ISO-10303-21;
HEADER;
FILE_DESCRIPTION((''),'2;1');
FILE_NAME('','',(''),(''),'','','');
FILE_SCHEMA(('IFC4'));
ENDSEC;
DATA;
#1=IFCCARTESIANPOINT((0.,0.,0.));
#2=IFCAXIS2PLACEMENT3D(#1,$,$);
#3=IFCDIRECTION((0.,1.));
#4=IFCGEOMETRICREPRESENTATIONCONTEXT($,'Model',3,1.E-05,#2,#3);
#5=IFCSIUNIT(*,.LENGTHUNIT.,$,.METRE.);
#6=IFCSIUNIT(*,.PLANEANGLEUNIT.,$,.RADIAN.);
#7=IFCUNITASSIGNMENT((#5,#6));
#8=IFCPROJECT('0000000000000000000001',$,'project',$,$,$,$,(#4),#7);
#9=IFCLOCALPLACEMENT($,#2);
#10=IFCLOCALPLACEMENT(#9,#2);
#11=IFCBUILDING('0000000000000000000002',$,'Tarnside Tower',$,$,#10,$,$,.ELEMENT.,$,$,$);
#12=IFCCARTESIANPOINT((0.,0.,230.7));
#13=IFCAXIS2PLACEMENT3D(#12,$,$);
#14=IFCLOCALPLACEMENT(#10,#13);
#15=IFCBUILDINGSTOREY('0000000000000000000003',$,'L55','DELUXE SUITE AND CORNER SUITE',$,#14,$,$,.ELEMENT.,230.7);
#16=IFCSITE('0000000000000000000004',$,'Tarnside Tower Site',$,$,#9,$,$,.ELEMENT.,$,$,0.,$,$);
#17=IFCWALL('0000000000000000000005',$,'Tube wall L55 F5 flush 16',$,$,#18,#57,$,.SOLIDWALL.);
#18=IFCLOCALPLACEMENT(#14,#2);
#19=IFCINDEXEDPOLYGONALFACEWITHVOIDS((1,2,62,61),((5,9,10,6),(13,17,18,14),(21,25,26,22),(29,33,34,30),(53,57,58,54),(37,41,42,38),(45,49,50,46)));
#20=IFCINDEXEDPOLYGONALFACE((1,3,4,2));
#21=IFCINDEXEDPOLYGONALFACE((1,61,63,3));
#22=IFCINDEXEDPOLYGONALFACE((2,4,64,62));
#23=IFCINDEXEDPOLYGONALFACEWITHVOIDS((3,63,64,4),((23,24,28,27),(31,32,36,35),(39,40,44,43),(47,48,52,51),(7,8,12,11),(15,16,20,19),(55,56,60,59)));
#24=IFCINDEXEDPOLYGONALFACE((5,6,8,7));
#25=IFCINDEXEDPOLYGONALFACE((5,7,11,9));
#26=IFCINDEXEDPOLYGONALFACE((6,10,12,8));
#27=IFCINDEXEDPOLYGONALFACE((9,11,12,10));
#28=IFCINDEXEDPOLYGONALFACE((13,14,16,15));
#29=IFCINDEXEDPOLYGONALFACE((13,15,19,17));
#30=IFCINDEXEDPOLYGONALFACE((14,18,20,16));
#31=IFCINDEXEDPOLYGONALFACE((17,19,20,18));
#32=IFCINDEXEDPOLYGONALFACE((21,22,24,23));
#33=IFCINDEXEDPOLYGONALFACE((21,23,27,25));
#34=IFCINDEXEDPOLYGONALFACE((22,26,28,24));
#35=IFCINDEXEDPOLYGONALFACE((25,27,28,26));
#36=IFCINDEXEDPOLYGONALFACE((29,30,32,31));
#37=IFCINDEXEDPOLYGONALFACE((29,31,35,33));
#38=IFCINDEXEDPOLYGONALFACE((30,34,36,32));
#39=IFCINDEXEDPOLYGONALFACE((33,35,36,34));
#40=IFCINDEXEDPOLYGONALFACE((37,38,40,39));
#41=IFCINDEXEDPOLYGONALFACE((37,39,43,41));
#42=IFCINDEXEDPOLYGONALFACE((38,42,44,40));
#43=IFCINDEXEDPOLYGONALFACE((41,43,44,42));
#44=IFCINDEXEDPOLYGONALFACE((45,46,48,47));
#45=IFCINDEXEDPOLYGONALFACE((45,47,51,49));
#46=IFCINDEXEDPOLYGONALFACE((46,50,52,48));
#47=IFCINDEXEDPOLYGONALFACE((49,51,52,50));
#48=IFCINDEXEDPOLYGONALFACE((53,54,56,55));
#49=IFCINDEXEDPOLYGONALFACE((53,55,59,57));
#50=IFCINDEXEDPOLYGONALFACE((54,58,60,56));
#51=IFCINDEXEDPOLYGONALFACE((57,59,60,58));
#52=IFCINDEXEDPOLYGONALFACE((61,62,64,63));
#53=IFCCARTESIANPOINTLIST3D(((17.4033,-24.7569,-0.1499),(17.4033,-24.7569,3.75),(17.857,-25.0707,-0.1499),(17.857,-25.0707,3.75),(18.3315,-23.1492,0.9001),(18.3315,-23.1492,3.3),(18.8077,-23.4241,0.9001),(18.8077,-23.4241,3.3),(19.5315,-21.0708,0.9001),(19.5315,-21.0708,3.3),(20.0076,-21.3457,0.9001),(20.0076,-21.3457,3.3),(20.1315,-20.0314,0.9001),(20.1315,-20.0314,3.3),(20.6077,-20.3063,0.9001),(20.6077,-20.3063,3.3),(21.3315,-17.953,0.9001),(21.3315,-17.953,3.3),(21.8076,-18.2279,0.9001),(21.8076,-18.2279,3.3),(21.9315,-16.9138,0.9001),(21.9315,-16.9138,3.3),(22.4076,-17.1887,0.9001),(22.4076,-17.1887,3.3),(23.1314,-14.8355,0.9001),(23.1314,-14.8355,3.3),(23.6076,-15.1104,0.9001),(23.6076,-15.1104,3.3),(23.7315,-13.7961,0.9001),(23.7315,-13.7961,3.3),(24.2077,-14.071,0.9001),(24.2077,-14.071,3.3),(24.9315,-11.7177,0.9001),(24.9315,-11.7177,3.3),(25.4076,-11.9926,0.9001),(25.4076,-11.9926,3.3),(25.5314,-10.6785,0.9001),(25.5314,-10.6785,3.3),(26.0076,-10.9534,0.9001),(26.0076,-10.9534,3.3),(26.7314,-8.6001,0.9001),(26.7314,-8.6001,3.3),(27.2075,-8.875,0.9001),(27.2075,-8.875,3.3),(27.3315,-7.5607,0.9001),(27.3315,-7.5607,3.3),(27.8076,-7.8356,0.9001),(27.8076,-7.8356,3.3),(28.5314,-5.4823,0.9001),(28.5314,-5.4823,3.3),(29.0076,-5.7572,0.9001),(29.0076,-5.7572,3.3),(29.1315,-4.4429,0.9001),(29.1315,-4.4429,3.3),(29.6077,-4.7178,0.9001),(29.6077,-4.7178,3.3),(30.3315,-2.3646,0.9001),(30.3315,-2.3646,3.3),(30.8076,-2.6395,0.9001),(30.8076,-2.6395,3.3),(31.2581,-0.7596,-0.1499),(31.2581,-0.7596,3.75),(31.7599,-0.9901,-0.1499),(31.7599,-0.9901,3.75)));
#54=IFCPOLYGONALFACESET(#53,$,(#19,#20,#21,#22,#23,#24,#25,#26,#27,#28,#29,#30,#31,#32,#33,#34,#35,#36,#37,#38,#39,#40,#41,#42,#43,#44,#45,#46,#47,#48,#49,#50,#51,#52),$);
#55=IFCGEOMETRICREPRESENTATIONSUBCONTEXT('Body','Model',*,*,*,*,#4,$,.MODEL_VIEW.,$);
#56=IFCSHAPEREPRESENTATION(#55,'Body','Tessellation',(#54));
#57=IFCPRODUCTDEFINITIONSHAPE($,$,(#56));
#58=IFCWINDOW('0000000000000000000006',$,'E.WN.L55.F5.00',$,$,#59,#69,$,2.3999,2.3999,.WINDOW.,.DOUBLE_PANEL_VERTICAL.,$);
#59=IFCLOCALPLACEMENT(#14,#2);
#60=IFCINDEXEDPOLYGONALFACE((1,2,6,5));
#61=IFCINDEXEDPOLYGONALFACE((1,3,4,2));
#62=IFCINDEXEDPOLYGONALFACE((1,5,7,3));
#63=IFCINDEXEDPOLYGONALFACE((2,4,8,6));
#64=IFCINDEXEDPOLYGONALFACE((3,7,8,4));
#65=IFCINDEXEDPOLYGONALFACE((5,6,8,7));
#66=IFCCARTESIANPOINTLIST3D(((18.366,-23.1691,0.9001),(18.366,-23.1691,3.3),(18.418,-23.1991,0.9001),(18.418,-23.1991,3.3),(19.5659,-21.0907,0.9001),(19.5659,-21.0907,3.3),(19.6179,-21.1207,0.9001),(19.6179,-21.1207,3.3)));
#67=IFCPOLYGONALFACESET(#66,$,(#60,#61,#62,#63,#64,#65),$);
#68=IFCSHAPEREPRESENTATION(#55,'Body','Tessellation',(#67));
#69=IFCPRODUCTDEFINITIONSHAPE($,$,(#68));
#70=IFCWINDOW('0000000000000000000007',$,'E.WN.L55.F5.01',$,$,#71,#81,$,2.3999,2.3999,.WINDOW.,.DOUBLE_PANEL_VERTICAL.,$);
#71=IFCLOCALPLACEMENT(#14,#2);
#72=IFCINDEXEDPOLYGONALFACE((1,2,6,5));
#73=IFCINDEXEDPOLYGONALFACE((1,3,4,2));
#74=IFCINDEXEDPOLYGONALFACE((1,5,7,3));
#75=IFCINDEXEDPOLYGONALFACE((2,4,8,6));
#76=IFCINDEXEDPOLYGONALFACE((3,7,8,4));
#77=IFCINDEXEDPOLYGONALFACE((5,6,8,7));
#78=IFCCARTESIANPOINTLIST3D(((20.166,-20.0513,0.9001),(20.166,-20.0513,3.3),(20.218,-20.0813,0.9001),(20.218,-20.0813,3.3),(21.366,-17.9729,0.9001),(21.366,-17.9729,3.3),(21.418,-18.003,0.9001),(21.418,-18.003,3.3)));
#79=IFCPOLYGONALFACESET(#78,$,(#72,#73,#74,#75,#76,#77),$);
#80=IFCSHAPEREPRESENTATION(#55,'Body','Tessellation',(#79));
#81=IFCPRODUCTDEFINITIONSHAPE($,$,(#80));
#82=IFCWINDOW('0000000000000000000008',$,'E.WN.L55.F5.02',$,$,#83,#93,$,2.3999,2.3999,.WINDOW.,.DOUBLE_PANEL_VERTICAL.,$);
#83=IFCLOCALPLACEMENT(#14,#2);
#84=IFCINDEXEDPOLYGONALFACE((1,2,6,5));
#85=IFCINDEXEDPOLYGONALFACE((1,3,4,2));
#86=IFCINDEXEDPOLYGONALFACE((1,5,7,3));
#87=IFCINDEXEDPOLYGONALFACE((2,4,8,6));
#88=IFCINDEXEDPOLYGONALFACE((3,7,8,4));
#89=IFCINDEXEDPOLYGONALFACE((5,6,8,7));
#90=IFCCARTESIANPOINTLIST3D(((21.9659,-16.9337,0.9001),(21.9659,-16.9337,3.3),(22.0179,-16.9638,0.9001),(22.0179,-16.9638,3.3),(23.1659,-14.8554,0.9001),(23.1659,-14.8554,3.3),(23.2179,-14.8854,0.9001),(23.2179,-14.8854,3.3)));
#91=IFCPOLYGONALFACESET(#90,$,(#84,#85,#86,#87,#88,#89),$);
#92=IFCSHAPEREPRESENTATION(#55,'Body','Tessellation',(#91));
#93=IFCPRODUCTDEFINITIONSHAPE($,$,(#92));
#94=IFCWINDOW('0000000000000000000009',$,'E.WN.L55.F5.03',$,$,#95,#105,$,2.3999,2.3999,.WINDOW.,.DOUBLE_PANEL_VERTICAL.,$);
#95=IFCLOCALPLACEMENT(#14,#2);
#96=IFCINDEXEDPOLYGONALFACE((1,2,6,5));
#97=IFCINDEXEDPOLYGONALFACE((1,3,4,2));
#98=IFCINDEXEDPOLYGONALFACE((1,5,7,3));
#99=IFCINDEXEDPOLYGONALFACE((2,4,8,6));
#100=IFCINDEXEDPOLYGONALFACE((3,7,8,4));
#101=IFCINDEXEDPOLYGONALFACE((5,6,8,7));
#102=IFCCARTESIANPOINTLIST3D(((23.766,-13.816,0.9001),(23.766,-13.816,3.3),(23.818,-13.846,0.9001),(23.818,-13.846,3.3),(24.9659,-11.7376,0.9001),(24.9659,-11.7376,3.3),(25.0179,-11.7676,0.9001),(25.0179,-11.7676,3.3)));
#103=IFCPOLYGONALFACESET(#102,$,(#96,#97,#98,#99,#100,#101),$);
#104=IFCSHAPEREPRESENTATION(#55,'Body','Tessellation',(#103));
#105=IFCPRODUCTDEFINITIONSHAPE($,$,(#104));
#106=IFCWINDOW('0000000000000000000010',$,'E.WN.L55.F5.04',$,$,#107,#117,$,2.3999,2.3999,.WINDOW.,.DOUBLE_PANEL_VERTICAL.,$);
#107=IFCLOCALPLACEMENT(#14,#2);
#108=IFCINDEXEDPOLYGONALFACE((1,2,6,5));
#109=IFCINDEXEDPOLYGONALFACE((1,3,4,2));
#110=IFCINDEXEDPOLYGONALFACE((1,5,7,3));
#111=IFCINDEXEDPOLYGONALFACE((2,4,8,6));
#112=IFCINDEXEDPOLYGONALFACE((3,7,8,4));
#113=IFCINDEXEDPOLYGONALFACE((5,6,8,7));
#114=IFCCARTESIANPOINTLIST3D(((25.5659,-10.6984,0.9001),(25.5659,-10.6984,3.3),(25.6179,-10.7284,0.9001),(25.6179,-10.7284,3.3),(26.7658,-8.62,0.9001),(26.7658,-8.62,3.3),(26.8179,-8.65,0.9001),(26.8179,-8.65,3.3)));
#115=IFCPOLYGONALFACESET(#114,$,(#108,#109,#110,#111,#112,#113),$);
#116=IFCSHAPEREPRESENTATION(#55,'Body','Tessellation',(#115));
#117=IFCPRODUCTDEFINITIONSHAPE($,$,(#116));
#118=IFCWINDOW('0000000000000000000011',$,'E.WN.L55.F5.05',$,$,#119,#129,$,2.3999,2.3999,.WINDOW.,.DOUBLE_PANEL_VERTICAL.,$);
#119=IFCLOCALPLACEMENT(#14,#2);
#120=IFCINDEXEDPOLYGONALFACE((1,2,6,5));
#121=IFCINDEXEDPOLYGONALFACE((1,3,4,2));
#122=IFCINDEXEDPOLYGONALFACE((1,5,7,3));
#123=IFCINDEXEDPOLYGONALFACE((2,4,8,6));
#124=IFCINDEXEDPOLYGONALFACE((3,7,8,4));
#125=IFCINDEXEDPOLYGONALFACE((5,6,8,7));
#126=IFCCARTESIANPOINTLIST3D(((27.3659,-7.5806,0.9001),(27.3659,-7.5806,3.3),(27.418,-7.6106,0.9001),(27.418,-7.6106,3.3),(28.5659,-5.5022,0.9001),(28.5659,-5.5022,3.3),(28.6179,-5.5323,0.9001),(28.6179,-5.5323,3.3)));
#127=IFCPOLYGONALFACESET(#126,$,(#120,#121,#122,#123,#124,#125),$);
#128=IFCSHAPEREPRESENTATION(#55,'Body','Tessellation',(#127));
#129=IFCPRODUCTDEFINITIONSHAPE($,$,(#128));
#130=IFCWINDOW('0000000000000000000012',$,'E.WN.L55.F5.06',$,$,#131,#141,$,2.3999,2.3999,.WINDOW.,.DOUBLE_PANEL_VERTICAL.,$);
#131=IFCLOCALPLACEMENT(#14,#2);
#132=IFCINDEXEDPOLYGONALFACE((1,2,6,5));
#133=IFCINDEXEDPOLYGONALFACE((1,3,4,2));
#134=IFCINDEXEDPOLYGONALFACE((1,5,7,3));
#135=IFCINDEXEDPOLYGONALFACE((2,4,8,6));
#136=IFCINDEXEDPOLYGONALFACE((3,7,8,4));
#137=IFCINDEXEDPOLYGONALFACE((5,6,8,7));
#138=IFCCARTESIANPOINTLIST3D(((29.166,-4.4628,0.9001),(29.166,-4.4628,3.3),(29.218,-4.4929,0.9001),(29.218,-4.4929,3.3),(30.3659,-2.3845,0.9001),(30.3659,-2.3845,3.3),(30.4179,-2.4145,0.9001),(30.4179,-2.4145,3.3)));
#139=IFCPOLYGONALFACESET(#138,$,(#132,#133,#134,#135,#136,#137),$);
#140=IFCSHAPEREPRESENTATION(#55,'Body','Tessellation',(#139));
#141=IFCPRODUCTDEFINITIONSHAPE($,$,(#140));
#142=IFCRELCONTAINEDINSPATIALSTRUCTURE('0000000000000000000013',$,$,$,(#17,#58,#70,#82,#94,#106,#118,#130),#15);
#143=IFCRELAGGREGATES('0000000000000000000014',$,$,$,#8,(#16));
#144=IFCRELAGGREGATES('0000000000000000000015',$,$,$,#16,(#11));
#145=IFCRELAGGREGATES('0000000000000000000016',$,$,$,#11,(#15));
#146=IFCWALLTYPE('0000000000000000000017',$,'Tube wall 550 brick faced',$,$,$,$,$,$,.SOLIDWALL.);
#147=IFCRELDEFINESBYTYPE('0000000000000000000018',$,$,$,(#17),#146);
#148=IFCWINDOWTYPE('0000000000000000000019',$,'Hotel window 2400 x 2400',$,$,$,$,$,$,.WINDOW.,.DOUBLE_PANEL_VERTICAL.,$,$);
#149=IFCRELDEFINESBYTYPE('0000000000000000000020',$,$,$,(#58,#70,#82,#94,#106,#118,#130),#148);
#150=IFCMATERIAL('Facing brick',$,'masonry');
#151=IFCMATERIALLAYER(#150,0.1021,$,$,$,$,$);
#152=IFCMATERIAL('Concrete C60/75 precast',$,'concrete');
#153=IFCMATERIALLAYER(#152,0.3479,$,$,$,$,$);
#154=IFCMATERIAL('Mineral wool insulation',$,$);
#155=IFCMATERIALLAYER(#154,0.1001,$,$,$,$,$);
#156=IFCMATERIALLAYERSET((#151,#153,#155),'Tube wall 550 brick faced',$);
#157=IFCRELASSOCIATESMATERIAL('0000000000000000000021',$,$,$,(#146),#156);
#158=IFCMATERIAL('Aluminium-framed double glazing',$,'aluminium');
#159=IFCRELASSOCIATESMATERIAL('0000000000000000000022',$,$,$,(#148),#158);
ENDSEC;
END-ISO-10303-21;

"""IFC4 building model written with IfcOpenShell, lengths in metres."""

from ifc_helpers import new_model, si_unit, direction, frame, frame_2d, origin, place, context, subcontext, project, spatial, polyline, rectangle, outline, extrude, material, layer, layer_set, type_object, element, fill, save


model = new_model("IFC4")

# Units and contexts
model_context = context("Model", 3, precision=1e-05, world=origin(), true_north=direction((0.0, 1.0)))
body_context = subcontext(model_context, "Body", "Model", "MODEL_VIEW")
ifc_project = project(units=[si_unit("LENGTHUNIT", "METRE"), si_unit("PLANEANGLEUNIT", "RADIAN")], contexts=[model_context])

# Site, building, storey
site_placement = place(None, origin())
site = spatial("IfcSite", under=ifc_project, at=site_placement, Name="Tarnside Tower Site", CompositionType="ELEMENT", RefElevation=0.0)
building_placement = place(site_placement, origin())
building = spatial("IfcBuilding", under=site, at=building_placement, Name="Tarnside Tower", CompositionType="ELEMENT")
storey_placement = place(building_placement, frame((0.0, 0.0, 230.7)))
storey = spatial("IfcBuildingStorey", under=building, at=storey_placement, Name="L55", Description="DELUXE SUITE AND CORNER SUITE", CompositionType="ELEMENT", Elevation=230.7)

# Shared definitions
ifc_material_1 = material(Name="Facing brick", Category="masonry")
ifc_layer_1 = layer(ifc_material_1, 0.1021)
ifc_material_2 = material(Name="Concrete C60/75 precast", Category="concrete")
ifc_layer_2 = layer(ifc_material_2, 0.3479)
ifc_material_3 = material(Name="Mineral wool insulation")
ifc_layer_3 = layer(ifc_material_3, 0.1001)
ifc_layer_set_1 = layer_set([ifc_layer_1, ifc_layer_2, ifc_layer_3], Name="Tube wall 550 brick faced")
wall_type_1 = type_object("IfcWallType", Name="Tube wall 550 brick faced", PredefinedType="SOLIDWALL", material=ifc_layer_set_1)

# Wall, openings, windows
wall_1_placement = place(storey_placement, frame((17.6301, -24.9138, -0.1499), z_axis=(0.0, 0.0, 1.0), x_axis=(0.499999, 0.866026, 0.0)))
wall_1 = element("IfcWall", 1, at=wall_1_placement, inside=storey, type_object=wall_type_1, Name="Tube wall L55 F5 flush 16", PredefinedType="SOLIDWALL", context=body_context, shape_type="SweptSolid", body=[
    extrude(outline(polyline([(-0.0225, -0.2749), (27.7834, -0.2749), (27.7322, 0.2749), (0.0225, 0.2749), (-0.0225, -0.2749)])), origin(), (0.0, 0.0, 1.0), 3.8999),
])
opening_1_placement = place(wall_1_placement, frame((1.8789, 0.0, 1.05)))
opening_1 = element("IfcOpeningElement", 2, at=opening_1_placement, cuts=wall_1, PredefinedType="OPENING", context=body_context, shape_type="SweptSolid", body=[
    extrude(rectangle(XDim=2.3999, YDim=2.3999, at=frame_2d((1.2, 1.2))), frame((0.0, 0.2852, 0.0), z_axis=(0.0, -1.0, 0.0), x_axis=(1.0, 0.0, 0.0)), (0.0, 0.0, 1.0), 0.5701),
])
opening_2_placement = place(wall_1_placement, frame((5.479, 0.0, 1.05)))
opening_2 = element("IfcOpeningElement", 3, at=opening_2_placement, cuts=wall_1, PredefinedType="OPENING", context=body_context, shape_type="SweptSolid", body=[
    extrude(rectangle(XDim=2.3999, YDim=2.3999, at=frame_2d((1.2, 1.2))), frame((0.0, 0.2852, 0.0), z_axis=(0.0, -1.0, 0.0), x_axis=(1.0, 0.0, 0.0)), (0.0, 0.0, 1.0), 0.5701),
])
opening_3_placement = place(wall_1_placement, frame((9.0789, 0.0, 1.05)))
opening_3 = element("IfcOpeningElement", 4, at=opening_3_placement, cuts=wall_1, PredefinedType="OPENING", context=body_context, shape_type="SweptSolid", body=[
    extrude(rectangle(XDim=2.3999, YDim=2.3999, at=frame_2d((1.2, 1.2))), frame((0.0, 0.2852, 0.0), z_axis=(0.0, -1.0, 0.0), x_axis=(1.0, 0.0, 0.0)), (0.0, 0.0, 1.0), 0.5701),
])
opening_4_placement = place(wall_1_placement, frame((12.679, 0.0, 1.05)))
opening_4 = element("IfcOpeningElement", 5, at=opening_4_placement, cuts=wall_1, PredefinedType="OPENING", context=body_context, shape_type="SweptSolid", body=[
    extrude(rectangle(XDim=2.3999, YDim=2.3999, at=frame_2d((1.2, 1.2))), frame((0.0, 0.2852, 0.0), z_axis=(0.0, -1.0, 0.0), x_axis=(1.0, 0.0, 0.0)), (0.0, 0.0, 1.0), 0.5701),
])
opening_5_placement = place(wall_1_placement, frame((16.2788, 0.0, 1.05)))
opening_5 = element("IfcOpeningElement", 6, at=opening_5_placement, cuts=wall_1, PredefinedType="OPENING", context=body_context, shape_type="SweptSolid", body=[
    extrude(rectangle(XDim=2.3999, YDim=2.3999, at=frame_2d((1.2, 1.2))), frame((0.0, 0.2852, 0.0), z_axis=(0.0, -1.0, 0.0), x_axis=(1.0, 0.0, 0.0)), (0.0, 0.0, 1.0), 0.5701),
])
opening_6_placement = place(wall_1_placement, frame((19.8789, 0.0, 1.05)))
opening_6 = element("IfcOpeningElement", 7, at=opening_6_placement, cuts=wall_1, PredefinedType="OPENING", context=body_context, shape_type="SweptSolid", body=[
    extrude(rectangle(XDim=2.3999, YDim=2.3999, at=frame_2d((1.2, 1.2))), frame((0.0, 0.2852, 0.0), z_axis=(0.0, -1.0, 0.0), x_axis=(1.0, 0.0, 0.0)), (0.0, 0.0, 1.0), 0.5701),
])
opening_7_placement = place(wall_1_placement, frame((23.479, 0.0, 1.05)))
opening_7 = element("IfcOpeningElement", 8, at=opening_7_placement, cuts=wall_1, PredefinedType="OPENING", context=body_context, shape_type="SweptSolid", body=[
    extrude(rectangle(XDim=2.3999, YDim=2.3999, at=frame_2d((1.2, 1.2))), frame((0.0, 0.2852, 0.0), z_axis=(0.0, -1.0, 0.0), x_axis=(1.0, 0.0, 0.0)), (0.0, 0.0, 1.0), 0.5701),
])
ifc_material_4 = material(Name="Aluminium-framed double glazing", Category="aluminium")
window_type = type_object("IfcWindowType", Name="Hotel window 2400 x 2400", PartitioningType="DOUBLE_PANEL_VERTICAL", PredefinedType="WINDOW", material=ifc_material_4)
window_1_placement = place(opening_1_placement, frame((0.0, 0.2051, 0.0)))
window_1 = element("IfcWindow", 9, at=window_1_placement, inside=storey, type_object=window_type, Name="E.WN.L55.F5.00", OverallHeight=2.3999, OverallWidth=2.3999, PartitioningType="DOUBLE_PANEL_VERTICAL", PredefinedType="WINDOW", context=body_context, shape_type="SweptSolid", body=[
    extrude(rectangle(XDim=2.3999, YDim=2.3999, at=frame_2d((1.2, 1.2))), frame((0.0, 0.03, 0.0), z_axis=(0.0, -1.0, 0.0), x_axis=(1.0, 0.0, 0.0)), (0.0, 0.0, 1.0), 0.0601),
])
fill(opening_1, window_1)
window_2_placement = place(opening_2_placement, frame((0.0, 0.2051, 0.0)))
window_2 = element("IfcWindow", 10, at=window_2_placement, inside=storey, type_object=window_type, Name="E.WN.L55.F5.01", OverallHeight=2.3999, OverallWidth=2.3999, PartitioningType="DOUBLE_PANEL_VERTICAL", PredefinedType="WINDOW", context=body_context, shape_type="SweptSolid", body=[
    extrude(rectangle(XDim=2.3999, YDim=2.3999, at=frame_2d((1.2, 1.2))), frame((0.0, 0.03, 0.0), z_axis=(0.0, -1.0, 0.0), x_axis=(1.0, 0.0, 0.0)), (0.0, 0.0, 1.0), 0.0601),
])
fill(opening_2, window_2)
window_3_placement = place(opening_3_placement, frame((0.0, 0.2051, 0.0)))
window_3 = element("IfcWindow", 11, at=window_3_placement, inside=storey, type_object=window_type, Name="E.WN.L55.F5.02", OverallHeight=2.3999, OverallWidth=2.3999, PartitioningType="DOUBLE_PANEL_VERTICAL", PredefinedType="WINDOW", context=body_context, shape_type="SweptSolid", body=[
    extrude(rectangle(XDim=2.3999, YDim=2.3999, at=frame_2d((1.2, 1.2))), frame((0.0, 0.03, 0.0), z_axis=(0.0, -1.0, 0.0), x_axis=(1.0, 0.0, 0.0)), (0.0, 0.0, 1.0), 0.0601),
])
fill(opening_3, window_3)
window_4_placement = place(opening_4_placement, frame((0.0, 0.2051, 0.0)))
window_4 = element("IfcWindow", 12, at=window_4_placement, inside=storey, type_object=window_type, Name="E.WN.L55.F5.03", OverallHeight=2.3999, OverallWidth=2.3999, PartitioningType="DOUBLE_PANEL_VERTICAL", PredefinedType="WINDOW", context=body_context, shape_type="SweptSolid", body=[
    extrude(rectangle(XDim=2.3999, YDim=2.3999, at=frame_2d((1.2, 1.2))), frame((0.0, 0.03, 0.0), z_axis=(0.0, -1.0, 0.0), x_axis=(1.0, 0.0, 0.0)), (0.0, 0.0, 1.0), 0.0601),
])
fill(opening_4, window_4)
window_5_placement = place(opening_5_placement, frame((0.0, 0.2051, 0.0)))
window_5 = element("IfcWindow", 13, at=window_5_placement, inside=storey, type_object=window_type, Name="E.WN.L55.F5.04", OverallHeight=2.3999, OverallWidth=2.3999, PartitioningType="DOUBLE_PANEL_VERTICAL", PredefinedType="WINDOW", context=body_context, shape_type="SweptSolid", body=[
    extrude(rectangle(XDim=2.3999, YDim=2.3999, at=frame_2d((1.2, 1.2))), frame((0.0, 0.03, 0.0), z_axis=(0.0, -1.0, 0.0), x_axis=(1.0, 0.0, 0.0)), (0.0, 0.0, 1.0), 0.0601),
])
fill(opening_5, window_5)
window_6_placement = place(opening_6_placement, frame((0.0, 0.2051, 0.0)))
window_6 = element("IfcWindow", 14, at=window_6_placement, inside=storey, type_object=window_type, Name="E.WN.L55.F5.05", OverallHeight=2.3999, OverallWidth=2.3999, PartitioningType="DOUBLE_PANEL_VERTICAL", PredefinedType="WINDOW", context=body_context, shape_type="SweptSolid", body=[
    extrude(rectangle(XDim=2.3999, YDim=2.3999, at=frame_2d((1.2, 1.2))), frame((0.0, 0.03, 0.0), z_axis=(0.0, -1.0, 0.0), x_axis=(1.0, 0.0, 0.0)), (0.0, 0.0, 1.0), 0.0601),
])
fill(opening_6, window_6)
window_7_placement = place(opening_7_placement, frame((0.0, 0.2051, 0.0)))
window_7 = element("IfcWindow", 15, at=window_7_placement, inside=storey, type_object=window_type, Name="E.WN.L55.F5.06", OverallHeight=2.3999, OverallWidth=2.3999, PartitioningType="DOUBLE_PANEL_VERTICAL", PredefinedType="WINDOW", context=body_context, shape_type="SweptSolid", body=[
    extrude(rectangle(XDim=2.3999, YDim=2.3999, at=frame_2d((1.2, 1.2))), frame((0.0, 0.03, 0.0), z_axis=(0.0, -1.0, 0.0), x_axis=(1.0, 0.0, 0.0)), (0.0, 0.0, 1.0), 0.0601),
])
fill(opening_7, window_7)

save(model, "model.ifc")
